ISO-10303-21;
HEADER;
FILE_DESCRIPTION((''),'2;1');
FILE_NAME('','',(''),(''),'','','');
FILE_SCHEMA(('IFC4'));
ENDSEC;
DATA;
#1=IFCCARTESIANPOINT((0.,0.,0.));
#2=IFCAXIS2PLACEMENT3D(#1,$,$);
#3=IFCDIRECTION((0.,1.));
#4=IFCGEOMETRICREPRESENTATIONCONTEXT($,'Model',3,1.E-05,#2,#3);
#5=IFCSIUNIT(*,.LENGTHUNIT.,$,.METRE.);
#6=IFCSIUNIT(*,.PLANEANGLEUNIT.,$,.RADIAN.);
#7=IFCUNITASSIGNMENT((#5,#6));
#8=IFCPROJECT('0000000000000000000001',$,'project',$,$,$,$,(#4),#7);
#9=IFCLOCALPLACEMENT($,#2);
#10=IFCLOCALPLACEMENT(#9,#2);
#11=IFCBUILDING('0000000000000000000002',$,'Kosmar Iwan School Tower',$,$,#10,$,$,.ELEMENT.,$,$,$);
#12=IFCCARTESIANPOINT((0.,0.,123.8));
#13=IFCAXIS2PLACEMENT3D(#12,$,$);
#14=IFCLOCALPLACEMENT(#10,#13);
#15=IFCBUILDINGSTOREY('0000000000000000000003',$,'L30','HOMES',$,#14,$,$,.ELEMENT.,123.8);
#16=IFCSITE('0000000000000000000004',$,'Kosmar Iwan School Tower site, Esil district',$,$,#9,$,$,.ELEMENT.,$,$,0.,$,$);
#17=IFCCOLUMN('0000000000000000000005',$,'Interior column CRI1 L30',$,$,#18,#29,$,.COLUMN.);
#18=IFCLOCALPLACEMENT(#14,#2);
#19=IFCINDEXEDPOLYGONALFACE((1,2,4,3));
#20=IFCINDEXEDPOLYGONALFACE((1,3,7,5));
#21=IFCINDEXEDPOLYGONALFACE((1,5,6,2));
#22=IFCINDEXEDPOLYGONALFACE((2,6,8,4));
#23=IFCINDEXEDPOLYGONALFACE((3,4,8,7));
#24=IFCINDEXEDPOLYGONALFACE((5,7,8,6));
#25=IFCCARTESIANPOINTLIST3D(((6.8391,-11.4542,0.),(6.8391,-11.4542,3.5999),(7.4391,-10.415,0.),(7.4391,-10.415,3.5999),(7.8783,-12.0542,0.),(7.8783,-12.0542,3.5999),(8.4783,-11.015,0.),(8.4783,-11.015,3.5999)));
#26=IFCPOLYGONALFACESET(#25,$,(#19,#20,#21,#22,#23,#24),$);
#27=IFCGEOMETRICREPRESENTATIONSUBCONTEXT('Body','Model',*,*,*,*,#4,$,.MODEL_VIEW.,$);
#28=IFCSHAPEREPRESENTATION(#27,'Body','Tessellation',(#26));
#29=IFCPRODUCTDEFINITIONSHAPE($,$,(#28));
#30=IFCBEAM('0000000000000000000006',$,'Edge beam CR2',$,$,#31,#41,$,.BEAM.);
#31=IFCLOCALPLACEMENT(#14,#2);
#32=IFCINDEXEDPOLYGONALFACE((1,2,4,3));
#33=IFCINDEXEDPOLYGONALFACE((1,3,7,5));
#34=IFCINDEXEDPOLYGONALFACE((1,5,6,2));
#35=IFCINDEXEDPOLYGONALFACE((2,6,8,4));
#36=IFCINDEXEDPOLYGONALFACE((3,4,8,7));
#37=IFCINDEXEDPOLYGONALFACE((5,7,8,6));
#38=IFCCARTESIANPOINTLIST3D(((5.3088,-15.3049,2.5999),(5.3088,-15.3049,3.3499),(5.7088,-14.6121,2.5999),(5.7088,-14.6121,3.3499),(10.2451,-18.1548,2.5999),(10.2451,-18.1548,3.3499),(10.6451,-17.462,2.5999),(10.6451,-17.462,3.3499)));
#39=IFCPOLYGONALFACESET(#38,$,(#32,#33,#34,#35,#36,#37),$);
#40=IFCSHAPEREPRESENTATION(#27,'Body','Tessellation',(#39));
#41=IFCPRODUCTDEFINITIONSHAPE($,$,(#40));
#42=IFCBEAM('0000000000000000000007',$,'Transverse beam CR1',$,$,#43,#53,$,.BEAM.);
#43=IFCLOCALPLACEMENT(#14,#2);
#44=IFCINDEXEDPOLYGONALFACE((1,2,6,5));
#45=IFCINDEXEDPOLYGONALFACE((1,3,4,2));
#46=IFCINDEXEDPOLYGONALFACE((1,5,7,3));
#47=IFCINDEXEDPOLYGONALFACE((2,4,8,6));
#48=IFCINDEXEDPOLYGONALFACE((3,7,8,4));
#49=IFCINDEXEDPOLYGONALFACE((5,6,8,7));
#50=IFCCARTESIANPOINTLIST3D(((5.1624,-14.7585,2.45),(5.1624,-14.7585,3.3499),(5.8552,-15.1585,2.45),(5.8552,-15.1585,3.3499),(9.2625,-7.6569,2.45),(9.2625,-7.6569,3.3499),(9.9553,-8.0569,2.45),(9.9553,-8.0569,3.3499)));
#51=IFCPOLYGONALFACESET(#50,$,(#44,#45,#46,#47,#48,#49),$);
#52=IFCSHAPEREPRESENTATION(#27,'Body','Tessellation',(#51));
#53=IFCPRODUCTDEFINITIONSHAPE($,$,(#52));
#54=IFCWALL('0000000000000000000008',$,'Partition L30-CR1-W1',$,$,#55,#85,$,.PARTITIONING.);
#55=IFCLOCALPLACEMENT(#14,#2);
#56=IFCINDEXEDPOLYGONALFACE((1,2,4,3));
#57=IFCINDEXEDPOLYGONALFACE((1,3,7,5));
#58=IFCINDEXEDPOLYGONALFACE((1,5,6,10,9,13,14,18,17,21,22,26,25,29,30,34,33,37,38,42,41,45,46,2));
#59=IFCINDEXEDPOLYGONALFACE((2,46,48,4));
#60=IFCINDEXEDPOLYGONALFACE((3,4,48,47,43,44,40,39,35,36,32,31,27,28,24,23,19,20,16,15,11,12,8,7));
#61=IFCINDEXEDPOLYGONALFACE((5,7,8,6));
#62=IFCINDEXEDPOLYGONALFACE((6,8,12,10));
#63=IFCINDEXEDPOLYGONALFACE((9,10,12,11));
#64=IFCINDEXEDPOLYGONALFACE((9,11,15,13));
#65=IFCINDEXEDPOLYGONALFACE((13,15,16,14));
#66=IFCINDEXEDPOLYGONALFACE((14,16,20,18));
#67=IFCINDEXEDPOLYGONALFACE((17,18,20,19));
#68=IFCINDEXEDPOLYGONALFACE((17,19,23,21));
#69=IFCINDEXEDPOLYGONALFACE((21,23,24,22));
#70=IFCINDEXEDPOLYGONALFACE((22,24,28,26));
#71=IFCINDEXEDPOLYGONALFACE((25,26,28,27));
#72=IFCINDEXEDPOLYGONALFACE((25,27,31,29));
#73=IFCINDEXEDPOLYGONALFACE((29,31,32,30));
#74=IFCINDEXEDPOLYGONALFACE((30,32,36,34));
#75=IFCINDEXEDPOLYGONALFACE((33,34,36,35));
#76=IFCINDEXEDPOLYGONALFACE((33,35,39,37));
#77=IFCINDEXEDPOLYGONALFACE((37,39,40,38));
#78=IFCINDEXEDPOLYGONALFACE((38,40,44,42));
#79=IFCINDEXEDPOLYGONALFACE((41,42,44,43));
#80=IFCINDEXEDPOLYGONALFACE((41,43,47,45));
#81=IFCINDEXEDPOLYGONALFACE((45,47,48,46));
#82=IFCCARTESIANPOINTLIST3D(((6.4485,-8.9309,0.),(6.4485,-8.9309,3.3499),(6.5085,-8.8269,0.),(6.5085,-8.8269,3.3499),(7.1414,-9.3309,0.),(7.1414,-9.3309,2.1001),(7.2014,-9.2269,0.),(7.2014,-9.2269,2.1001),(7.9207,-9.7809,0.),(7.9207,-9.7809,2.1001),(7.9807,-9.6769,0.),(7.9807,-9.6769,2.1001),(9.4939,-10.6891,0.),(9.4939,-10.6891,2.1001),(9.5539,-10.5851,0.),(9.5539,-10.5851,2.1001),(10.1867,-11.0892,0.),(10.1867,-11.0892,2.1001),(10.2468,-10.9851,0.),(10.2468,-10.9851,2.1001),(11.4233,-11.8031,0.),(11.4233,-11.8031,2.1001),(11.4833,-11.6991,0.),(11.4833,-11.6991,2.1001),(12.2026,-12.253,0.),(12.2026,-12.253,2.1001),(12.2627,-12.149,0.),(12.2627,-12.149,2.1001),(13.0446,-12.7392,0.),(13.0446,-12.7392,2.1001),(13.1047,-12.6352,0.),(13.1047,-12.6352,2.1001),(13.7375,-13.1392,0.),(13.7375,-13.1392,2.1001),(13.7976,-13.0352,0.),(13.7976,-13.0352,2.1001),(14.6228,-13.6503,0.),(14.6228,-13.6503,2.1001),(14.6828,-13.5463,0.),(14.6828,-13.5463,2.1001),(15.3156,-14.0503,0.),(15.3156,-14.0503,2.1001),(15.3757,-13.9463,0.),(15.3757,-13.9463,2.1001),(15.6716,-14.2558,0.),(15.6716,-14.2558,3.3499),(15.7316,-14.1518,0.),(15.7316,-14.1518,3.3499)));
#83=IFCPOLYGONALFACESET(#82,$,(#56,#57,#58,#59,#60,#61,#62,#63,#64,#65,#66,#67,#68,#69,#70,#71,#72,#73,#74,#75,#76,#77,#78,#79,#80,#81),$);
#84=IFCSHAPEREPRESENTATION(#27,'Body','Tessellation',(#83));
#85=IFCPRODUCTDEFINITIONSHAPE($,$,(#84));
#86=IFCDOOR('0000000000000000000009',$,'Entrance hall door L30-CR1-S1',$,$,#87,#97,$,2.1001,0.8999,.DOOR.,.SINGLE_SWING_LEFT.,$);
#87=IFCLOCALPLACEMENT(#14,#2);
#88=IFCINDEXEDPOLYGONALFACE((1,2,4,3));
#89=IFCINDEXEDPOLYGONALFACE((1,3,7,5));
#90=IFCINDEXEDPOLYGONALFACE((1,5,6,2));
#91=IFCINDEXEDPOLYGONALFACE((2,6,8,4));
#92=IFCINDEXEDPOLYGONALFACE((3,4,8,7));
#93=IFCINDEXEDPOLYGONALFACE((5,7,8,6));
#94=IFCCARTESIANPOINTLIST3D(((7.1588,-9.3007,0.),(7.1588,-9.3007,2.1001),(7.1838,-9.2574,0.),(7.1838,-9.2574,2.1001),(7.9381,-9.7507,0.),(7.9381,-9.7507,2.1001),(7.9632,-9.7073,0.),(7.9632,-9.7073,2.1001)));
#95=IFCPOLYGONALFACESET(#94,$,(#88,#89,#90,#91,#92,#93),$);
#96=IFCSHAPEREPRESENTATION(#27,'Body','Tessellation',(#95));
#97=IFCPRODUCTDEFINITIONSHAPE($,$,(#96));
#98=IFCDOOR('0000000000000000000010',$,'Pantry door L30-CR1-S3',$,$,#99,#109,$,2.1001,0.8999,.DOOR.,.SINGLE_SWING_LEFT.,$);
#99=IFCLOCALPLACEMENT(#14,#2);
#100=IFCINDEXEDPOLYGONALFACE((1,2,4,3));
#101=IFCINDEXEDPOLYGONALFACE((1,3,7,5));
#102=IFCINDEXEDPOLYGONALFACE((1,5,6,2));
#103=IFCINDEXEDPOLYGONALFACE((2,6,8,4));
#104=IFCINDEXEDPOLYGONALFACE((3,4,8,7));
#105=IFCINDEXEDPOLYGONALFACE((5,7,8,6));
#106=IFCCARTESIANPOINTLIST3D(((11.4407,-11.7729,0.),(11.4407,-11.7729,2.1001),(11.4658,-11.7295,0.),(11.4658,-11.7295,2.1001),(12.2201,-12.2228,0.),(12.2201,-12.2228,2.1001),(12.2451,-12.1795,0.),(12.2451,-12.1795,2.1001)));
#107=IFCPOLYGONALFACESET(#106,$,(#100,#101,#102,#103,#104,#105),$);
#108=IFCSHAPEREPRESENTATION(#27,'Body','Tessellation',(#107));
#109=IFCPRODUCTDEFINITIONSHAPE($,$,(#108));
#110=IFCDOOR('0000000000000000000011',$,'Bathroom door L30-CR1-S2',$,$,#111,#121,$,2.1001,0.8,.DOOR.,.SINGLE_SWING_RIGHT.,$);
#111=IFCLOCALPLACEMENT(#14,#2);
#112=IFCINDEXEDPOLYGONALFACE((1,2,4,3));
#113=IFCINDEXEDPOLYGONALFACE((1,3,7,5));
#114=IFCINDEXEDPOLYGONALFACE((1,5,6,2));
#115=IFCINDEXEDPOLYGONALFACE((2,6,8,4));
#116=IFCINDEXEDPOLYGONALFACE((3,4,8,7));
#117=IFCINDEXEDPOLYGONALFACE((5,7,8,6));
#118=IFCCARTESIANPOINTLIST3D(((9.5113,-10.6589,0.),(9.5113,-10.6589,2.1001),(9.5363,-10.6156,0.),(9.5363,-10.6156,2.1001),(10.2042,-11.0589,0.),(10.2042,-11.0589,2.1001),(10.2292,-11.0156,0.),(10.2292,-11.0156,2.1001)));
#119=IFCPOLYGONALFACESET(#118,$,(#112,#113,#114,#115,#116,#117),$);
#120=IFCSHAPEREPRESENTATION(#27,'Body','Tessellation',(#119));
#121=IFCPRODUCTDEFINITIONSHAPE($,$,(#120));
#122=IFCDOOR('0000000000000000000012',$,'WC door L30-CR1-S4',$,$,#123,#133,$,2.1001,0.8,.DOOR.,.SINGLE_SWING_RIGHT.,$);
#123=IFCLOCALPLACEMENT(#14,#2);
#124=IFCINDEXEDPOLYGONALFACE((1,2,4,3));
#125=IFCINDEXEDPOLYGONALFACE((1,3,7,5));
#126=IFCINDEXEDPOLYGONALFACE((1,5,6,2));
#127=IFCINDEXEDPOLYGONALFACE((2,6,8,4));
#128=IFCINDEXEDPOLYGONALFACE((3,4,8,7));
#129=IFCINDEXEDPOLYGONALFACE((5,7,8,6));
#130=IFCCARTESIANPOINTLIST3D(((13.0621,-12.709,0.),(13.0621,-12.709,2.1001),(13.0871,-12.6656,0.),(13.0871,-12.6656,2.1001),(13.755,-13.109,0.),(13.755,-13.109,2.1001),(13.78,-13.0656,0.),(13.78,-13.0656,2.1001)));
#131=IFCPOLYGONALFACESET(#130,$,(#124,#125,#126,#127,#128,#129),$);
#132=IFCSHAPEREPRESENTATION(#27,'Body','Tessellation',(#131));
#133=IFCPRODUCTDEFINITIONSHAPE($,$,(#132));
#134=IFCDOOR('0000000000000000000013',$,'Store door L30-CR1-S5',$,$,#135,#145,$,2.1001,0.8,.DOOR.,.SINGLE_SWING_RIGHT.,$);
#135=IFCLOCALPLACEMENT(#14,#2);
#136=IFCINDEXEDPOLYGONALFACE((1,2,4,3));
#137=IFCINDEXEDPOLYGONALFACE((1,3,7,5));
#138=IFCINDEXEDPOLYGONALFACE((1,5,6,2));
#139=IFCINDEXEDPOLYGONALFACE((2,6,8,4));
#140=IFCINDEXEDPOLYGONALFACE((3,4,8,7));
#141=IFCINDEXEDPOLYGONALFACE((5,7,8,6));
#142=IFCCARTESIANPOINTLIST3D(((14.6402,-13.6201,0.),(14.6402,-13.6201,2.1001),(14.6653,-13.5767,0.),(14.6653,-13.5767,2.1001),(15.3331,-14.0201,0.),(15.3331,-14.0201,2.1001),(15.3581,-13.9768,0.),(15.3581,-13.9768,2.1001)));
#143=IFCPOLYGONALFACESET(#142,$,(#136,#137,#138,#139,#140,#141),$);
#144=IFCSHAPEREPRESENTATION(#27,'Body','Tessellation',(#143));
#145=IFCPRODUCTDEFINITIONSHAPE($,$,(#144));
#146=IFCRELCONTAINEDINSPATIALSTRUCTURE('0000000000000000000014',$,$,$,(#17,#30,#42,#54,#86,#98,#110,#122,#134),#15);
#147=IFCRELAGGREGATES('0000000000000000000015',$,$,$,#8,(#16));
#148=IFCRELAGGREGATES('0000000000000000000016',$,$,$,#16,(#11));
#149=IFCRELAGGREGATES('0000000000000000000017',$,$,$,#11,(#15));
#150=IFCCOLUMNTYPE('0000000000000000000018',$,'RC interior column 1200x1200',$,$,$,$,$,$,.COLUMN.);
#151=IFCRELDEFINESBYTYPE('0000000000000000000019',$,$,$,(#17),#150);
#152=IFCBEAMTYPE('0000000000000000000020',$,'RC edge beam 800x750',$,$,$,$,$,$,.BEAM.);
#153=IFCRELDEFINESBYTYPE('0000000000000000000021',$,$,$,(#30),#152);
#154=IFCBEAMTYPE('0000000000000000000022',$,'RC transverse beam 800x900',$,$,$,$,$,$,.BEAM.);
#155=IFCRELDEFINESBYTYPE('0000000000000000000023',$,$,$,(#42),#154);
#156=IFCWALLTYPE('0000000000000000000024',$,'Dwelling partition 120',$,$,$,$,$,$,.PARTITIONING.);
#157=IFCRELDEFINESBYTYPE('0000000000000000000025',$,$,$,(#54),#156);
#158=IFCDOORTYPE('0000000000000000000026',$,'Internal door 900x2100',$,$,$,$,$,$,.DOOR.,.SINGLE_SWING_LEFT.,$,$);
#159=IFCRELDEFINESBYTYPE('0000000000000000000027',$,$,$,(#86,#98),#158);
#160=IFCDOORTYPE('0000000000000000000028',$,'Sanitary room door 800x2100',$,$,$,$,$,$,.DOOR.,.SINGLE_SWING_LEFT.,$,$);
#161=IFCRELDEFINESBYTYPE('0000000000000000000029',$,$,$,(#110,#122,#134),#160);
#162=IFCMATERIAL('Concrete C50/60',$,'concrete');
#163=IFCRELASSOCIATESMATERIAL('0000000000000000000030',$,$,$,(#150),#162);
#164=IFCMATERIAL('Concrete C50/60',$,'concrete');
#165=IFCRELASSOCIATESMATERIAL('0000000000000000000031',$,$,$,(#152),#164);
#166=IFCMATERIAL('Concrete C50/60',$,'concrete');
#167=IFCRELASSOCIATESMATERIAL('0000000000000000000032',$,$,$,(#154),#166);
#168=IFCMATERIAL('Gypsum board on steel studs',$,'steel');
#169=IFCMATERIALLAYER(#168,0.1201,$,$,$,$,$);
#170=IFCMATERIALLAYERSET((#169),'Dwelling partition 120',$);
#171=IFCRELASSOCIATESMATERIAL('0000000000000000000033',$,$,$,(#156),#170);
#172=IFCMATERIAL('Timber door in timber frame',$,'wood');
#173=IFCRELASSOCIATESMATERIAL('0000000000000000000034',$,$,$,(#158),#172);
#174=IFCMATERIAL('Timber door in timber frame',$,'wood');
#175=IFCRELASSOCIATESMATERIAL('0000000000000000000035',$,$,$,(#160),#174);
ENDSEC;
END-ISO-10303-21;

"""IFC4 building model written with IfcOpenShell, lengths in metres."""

from ifc_helpers import new_model, si_unit, direction, frame, frame_2d, origin, origin_2d, place, context, subcontext, project, spatial, rectangle, extrude, material, layer, layer_set, material_profile, profile_set, type_object, element, fill, save


model = new_model("IFC4")

# Units and contexts
model_context = context("Model", 3, precision=1e-05, world=origin(), true_north=direction((0.0, 1.0)))
body_context = subcontext(model_context, "Body", "Model", "MODEL_VIEW")
ifc_project = project(units=[si_unit("LENGTHUNIT", "METRE"), si_unit("PLANEANGLEUNIT", "RADIAN")], contexts=[model_context])

# Site, building, storey
site_placement = place(None, origin())
site = spatial("IfcSite", under=ifc_project, at=site_placement, Name="Kosmar Iwan School Tower site, Esil district", CompositionType="ELEMENT", RefElevation=0.0)
building_placement = place(site_placement, origin())
building = spatial("IfcBuilding", under=site, at=building_placement, Name="Kosmar Iwan School Tower", CompositionType="ELEMENT")
storey_placement = place(building_placement, frame((0.0, 0.0, 123.8)))
storey = spatial("IfcBuildingStorey", under=building, at=storey_placement, Name="L30", Description="HOMES", CompositionType="ELEMENT", Elevation=123.8)

# Column
ifc_material_1 = material(Name="Concrete C50/60", Category="concrete")
ifc_material_profile_1 = material_profile(ifc_material_1, rectangle(XDim=1.2, YDim=1.2, at=origin_2d()), Name="RC 1200x1200")
ifc_profile_set_1 = profile_set([ifc_material_profile_1], Name="Concrete C50/60")
column_type = type_object("IfcColumnType", Name="RC interior column 1200x1200", PredefinedType="COLUMN", material=ifc_profile_set_1)
column_placement = place(storey_placement, frame((7.6587, -11.2346, 0.0), z_axis=(0.0, 0.0, 1.0), x_axis=(0.866025, -0.5, 0.0)))
element("IfcColumn", 1, at=column_placement, inside=storey, type_object=column_type, Name="Interior column CRI1 L30", PredefinedType="COLUMN", context=body_context, shape_type="SweptSolid", body=[
    extrude(rectangle(XDim=1.2, YDim=1.2, at=origin_2d()), origin(), (0.0, 0.0, 1.0), 3.5999),
])

# Beams
ifc_material_2 = material(Name="Concrete C50/60", Category="concrete")
ifc_material_profile_2 = material_profile(ifc_material_2, rectangle(XDim=0.8, YDim=0.75, at=origin_2d()), Name="RC 800x750")
ifc_profile_set_2 = profile_set([ifc_material_profile_2], Name="Concrete C50/60")
beam_type_1 = type_object("IfcBeamType", Name="RC edge beam 800x750", PredefinedType="BEAM", material=ifc_profile_set_2)
beam_1_placement = place(storey_placement, frame((5.5088, -14.9585, 2.9749), z_axis=(0.866034, -0.499986, 0.0), x_axis=(0.499986, 0.866034, 0.0)))
element("IfcBeam", 2, at=beam_1_placement, inside=storey, type_object=beam_type_1, Name="Edge beam CR2", PredefinedType="BEAM", context=body_context, shape_type="SweptSolid", body=[
    extrude(rectangle(XDim=0.8, YDim=0.75, at=origin_2d()), origin(), (0.0, 0.0, 1.0), 5.7),
])
ifc_material_3 = material(Name="Concrete C50/60", Category="concrete")
ifc_material_profile_3 = material_profile(ifc_material_3, rectangle(XDim=0.8, YDim=0.8999, at=origin_2d()), Name="RC 800x900")
ifc_profile_set_3 = profile_set([ifc_material_profile_3], Name="Concrete C50/60")
beam_type_2 = type_object("IfcBeamType", Name="RC transverse beam 800x900", PredefinedType="BEAM", material=ifc_profile_set_3)
beam_2_placement = place(storey_placement, frame((5.5088, -14.9585, 2.8999), z_axis=(0.500001, 0.866025, 0.0), x_axis=(-0.866025, 0.500001, 0.0)))
element("IfcBeam", 3, at=beam_2_placement, inside=storey, type_object=beam_type_2, Name="Transverse beam CR1", PredefinedType="BEAM", context=body_context, shape_type="SweptSolid", body=[
    extrude(rectangle(XDim=0.8, YDim=0.8999, at=origin_2d()), origin(), (0.0, 0.0, 1.0), 8.2002),
])

# Wall, openings, doors
ifc_material_4 = material(Name="Gypsum board on steel studs", Category="steel")
ifc_layer = layer(ifc_material_4, 0.1201)
ifc_layer_set = layer_set([ifc_layer], Name="Dwelling partition 120")
wall_type = type_object("IfcWallType", Name="Dwelling partition 120", PredefinedType="PARTITIONING", material=ifc_layer_set)
wall_1_placement = place(storey_placement, frame((6.4785, -8.8789, 0.0), z_axis=(0.0, 0.0, 1.0), x_axis=(0.866027, -0.499998, 0.0)))
wall_1 = element("IfcWall", 4, at=wall_1_placement, inside=storey, type_object=wall_type, Name="Partition L30-CR1-W1", PredefinedType="PARTITIONING", context=body_context, shape_type="SweptSolid", body=[
    extrude(rectangle(XDim=10.6499, YDim=0.1201, at=frame_2d((5.325, 0.0))), origin(), (0.0, 0.0, 1.0), 3.3499),
])
opening_1_placement = place(wall_1_placement, frame((0.8, 0.0, 0.0)))
opening_1 = element("IfcOpeningElement", 5, at=opening_1_placement, cuts=wall_1, PredefinedType="OPENING", context=body_context, shape_type="SweptSolid", body=[
    extrude(rectangle(XDim=0.8999, YDim=2.1001, at=frame_2d((0.45, 1.05))), frame((0.0, 0.072, 0.0), z_axis=(0.0, -1.0, 0.0), x_axis=(1.0, 0.0, 0.0)), (0.0, 0.0, 1.0), 0.144),
])
opening_2_placement = place(wall_1_placement, frame((3.5166, 0.0, 0.0)))
opening_2 = element("IfcOpeningElement", 6, at=opening_2_placement, cuts=wall_1, PredefinedType="OPENING", context=body_context, shape_type="SweptSolid", body=[
    extrude(rectangle(XDim=0.8, YDim=2.1001, at=frame_2d((0.3999, 1.05))), frame((0.0, 0.072, 0.0), z_axis=(0.0, -1.0, 0.0), x_axis=(1.0, 0.0, 0.0)), (0.0, 0.0, 1.0), 0.144),
])
opening_3_placement = place(wall_1_placement, frame((5.7444, 0.0, 0.0)))
opening_3 = element("IfcOpeningElement", 7, at=opening_3_placement, cuts=wall_1, PredefinedType="OPENING", context=body_context, shape_type="SweptSolid", body=[
    extrude(rectangle(XDim=0.8999, YDim=2.1001, at=frame_2d((0.45, 1.05))), frame((0.0, 0.072, 0.0), z_axis=(0.0, -1.0, 0.0), x_axis=(1.0, 0.0, 0.0)), (0.0, 0.0, 1.0), 0.144),
])
opening_4_placement = place(wall_1_placement, frame((7.6167, 0.0, 0.0)))
opening_4 = element("IfcOpeningElement", 8, at=opening_4_placement, cuts=wall_1, PredefinedType="OPENING", context=body_context, shape_type="SweptSolid", body=[
    extrude(rectangle(XDim=0.8, YDim=2.1001, at=frame_2d((0.3999, 1.05))), frame((0.0, 0.072, 0.0), z_axis=(0.0, -1.0, 0.0), x_axis=(1.0, 0.0, 0.0)), (0.0, 0.0, 1.0), 0.144),
])
opening_5_placement = place(wall_1_placement, frame((9.439, 0.0, 0.0)))
opening_5 = element("IfcOpeningElement", 9, at=opening_5_placement, cuts=wall_1, PredefinedType="OPENING", context=body_context, shape_type="SweptSolid", body=[
    extrude(rectangle(XDim=0.8, YDim=2.1001, at=frame_2d((0.3999, 1.05))), frame((0.0, 0.072, 0.0), z_axis=(0.0, -1.0, 0.0), x_axis=(1.0, 0.0, 0.0)), (0.0, 0.0, 1.0), 0.144),
])
ifc_material_5 = material(Name="Timber door in timber frame", Category="wood")
door_type_1 = type_object("IfcDoorType", Name="Internal door 900x2100", OperationType="SINGLE_SWING_LEFT", PredefinedType="DOOR", material=ifc_material_5)
door_1_placement = place(opening_1_placement, origin())
door_1 = element("IfcDoor", 10, at=door_1_placement, inside=storey, type_object=door_type_1, Name="Entrance hall door L30-CR1-S1", OperationType="SINGLE_SWING_LEFT", OverallHeight=2.1001, OverallWidth=0.8999, PredefinedType="DOOR", context=body_context, shape_type="SweptSolid", body=[
    extrude(rectangle(XDim=0.8999, YDim=2.1001, at=frame_2d((0.45, 1.05))), frame((0.0, 0.0249, 0.0), z_axis=(0.0, -1.0, 0.0), x_axis=(1.0, 0.0, 0.0)), (0.0, 0.0, 1.0), 0.05),
])
fill(opening_1, door_1)
door_2_placement = place(opening_3_placement, origin())
door_2 = element("IfcDoor", 11, at=door_2_placement, inside=storey, type_object=door_type_1, Name="Pantry door L30-CR1-S3", OperationType="SINGLE_SWING_LEFT", OverallHeight=2.1001, OverallWidth=0.8999, PredefinedType="DOOR", context=body_context, shape_type="SweptSolid", body=[
    extrude(rectangle(XDim=0.8999, YDim=2.1001, at=frame_2d((0.45, 1.05))), frame((0.0, 0.0249, 0.0), z_axis=(0.0, -1.0, 0.0), x_axis=(1.0, 0.0, 0.0)), (0.0, 0.0, 1.0), 0.05),
])
fill(opening_3, door_2)
ifc_material_6 = material(Name="Timber door in timber frame", Category="wood")
door_type_2 = type_object("IfcDoorType", Name="Sanitary room door 800x2100", OperationType="SINGLE_SWING_LEFT", PredefinedType="DOOR", material=ifc_material_6)
door_3_placement = place(opening_2_placement, origin())
door_3 = element("IfcDoor", 12, at=door_3_placement, inside=storey, type_object=door_type_2, Name="Bathroom door L30-CR1-S2", OperationType="SINGLE_SWING_RIGHT", OverallHeight=2.1001, OverallWidth=0.8, PredefinedType="DOOR", context=body_context, shape_type="SweptSolid", body=[
    extrude(rectangle(XDim=0.8, YDim=2.1001, at=frame_2d((0.3999, 1.05))), frame((0.0, 0.0249, 0.0), z_axis=(0.0, -1.0, 0.0), x_axis=(1.0, 0.0, 0.0)), (0.0, 0.0, 1.0), 0.05),
])
fill(opening_2, door_3)
door_4_placement = place(opening_4_placement, origin())
door_4 = element("IfcDoor", 13, at=door_4_placement, inside=storey, type_object=door_type_2, Name="WC door L30-CR1-S4", OperationType="SINGLE_SWING_RIGHT", OverallHeight=2.1001, OverallWidth=0.8, PredefinedType="DOOR", context=body_context, shape_type="SweptSolid", body=[
    extrude(rectangle(XDim=0.8, YDim=2.1001, at=frame_2d((0.3999, 1.05))), frame((0.0, 0.0249, 0.0), z_axis=(0.0, -1.0, 0.0), x_axis=(1.0, 0.0, 0.0)), (0.0, 0.0, 1.0), 0.05),
])
fill(opening_4, door_4)
door_5_placement = place(opening_5_placement, origin())
door_5 = element("IfcDoor", 14, at=door_5_placement, inside=storey, type_object=door_type_2, Name="Store door L30-CR1-S5", OperationType="SINGLE_SWING_RIGHT", OverallHeight=2.1001, OverallWidth=0.8, PredefinedType="DOOR", context=body_context, shape_type="SweptSolid", body=[
    extrude(rectangle(XDim=0.8, YDim=2.1001, at=frame_2d((0.3999, 1.05))), frame((0.0, 0.0249, 0.0), z_axis=(0.0, -1.0, 0.0), x_axis=(1.0, 0.0, 0.0)), (0.0, 0.0, 1.0), 0.05),
])
fill(opening_5, door_5)

save(model, "model.ifc")
